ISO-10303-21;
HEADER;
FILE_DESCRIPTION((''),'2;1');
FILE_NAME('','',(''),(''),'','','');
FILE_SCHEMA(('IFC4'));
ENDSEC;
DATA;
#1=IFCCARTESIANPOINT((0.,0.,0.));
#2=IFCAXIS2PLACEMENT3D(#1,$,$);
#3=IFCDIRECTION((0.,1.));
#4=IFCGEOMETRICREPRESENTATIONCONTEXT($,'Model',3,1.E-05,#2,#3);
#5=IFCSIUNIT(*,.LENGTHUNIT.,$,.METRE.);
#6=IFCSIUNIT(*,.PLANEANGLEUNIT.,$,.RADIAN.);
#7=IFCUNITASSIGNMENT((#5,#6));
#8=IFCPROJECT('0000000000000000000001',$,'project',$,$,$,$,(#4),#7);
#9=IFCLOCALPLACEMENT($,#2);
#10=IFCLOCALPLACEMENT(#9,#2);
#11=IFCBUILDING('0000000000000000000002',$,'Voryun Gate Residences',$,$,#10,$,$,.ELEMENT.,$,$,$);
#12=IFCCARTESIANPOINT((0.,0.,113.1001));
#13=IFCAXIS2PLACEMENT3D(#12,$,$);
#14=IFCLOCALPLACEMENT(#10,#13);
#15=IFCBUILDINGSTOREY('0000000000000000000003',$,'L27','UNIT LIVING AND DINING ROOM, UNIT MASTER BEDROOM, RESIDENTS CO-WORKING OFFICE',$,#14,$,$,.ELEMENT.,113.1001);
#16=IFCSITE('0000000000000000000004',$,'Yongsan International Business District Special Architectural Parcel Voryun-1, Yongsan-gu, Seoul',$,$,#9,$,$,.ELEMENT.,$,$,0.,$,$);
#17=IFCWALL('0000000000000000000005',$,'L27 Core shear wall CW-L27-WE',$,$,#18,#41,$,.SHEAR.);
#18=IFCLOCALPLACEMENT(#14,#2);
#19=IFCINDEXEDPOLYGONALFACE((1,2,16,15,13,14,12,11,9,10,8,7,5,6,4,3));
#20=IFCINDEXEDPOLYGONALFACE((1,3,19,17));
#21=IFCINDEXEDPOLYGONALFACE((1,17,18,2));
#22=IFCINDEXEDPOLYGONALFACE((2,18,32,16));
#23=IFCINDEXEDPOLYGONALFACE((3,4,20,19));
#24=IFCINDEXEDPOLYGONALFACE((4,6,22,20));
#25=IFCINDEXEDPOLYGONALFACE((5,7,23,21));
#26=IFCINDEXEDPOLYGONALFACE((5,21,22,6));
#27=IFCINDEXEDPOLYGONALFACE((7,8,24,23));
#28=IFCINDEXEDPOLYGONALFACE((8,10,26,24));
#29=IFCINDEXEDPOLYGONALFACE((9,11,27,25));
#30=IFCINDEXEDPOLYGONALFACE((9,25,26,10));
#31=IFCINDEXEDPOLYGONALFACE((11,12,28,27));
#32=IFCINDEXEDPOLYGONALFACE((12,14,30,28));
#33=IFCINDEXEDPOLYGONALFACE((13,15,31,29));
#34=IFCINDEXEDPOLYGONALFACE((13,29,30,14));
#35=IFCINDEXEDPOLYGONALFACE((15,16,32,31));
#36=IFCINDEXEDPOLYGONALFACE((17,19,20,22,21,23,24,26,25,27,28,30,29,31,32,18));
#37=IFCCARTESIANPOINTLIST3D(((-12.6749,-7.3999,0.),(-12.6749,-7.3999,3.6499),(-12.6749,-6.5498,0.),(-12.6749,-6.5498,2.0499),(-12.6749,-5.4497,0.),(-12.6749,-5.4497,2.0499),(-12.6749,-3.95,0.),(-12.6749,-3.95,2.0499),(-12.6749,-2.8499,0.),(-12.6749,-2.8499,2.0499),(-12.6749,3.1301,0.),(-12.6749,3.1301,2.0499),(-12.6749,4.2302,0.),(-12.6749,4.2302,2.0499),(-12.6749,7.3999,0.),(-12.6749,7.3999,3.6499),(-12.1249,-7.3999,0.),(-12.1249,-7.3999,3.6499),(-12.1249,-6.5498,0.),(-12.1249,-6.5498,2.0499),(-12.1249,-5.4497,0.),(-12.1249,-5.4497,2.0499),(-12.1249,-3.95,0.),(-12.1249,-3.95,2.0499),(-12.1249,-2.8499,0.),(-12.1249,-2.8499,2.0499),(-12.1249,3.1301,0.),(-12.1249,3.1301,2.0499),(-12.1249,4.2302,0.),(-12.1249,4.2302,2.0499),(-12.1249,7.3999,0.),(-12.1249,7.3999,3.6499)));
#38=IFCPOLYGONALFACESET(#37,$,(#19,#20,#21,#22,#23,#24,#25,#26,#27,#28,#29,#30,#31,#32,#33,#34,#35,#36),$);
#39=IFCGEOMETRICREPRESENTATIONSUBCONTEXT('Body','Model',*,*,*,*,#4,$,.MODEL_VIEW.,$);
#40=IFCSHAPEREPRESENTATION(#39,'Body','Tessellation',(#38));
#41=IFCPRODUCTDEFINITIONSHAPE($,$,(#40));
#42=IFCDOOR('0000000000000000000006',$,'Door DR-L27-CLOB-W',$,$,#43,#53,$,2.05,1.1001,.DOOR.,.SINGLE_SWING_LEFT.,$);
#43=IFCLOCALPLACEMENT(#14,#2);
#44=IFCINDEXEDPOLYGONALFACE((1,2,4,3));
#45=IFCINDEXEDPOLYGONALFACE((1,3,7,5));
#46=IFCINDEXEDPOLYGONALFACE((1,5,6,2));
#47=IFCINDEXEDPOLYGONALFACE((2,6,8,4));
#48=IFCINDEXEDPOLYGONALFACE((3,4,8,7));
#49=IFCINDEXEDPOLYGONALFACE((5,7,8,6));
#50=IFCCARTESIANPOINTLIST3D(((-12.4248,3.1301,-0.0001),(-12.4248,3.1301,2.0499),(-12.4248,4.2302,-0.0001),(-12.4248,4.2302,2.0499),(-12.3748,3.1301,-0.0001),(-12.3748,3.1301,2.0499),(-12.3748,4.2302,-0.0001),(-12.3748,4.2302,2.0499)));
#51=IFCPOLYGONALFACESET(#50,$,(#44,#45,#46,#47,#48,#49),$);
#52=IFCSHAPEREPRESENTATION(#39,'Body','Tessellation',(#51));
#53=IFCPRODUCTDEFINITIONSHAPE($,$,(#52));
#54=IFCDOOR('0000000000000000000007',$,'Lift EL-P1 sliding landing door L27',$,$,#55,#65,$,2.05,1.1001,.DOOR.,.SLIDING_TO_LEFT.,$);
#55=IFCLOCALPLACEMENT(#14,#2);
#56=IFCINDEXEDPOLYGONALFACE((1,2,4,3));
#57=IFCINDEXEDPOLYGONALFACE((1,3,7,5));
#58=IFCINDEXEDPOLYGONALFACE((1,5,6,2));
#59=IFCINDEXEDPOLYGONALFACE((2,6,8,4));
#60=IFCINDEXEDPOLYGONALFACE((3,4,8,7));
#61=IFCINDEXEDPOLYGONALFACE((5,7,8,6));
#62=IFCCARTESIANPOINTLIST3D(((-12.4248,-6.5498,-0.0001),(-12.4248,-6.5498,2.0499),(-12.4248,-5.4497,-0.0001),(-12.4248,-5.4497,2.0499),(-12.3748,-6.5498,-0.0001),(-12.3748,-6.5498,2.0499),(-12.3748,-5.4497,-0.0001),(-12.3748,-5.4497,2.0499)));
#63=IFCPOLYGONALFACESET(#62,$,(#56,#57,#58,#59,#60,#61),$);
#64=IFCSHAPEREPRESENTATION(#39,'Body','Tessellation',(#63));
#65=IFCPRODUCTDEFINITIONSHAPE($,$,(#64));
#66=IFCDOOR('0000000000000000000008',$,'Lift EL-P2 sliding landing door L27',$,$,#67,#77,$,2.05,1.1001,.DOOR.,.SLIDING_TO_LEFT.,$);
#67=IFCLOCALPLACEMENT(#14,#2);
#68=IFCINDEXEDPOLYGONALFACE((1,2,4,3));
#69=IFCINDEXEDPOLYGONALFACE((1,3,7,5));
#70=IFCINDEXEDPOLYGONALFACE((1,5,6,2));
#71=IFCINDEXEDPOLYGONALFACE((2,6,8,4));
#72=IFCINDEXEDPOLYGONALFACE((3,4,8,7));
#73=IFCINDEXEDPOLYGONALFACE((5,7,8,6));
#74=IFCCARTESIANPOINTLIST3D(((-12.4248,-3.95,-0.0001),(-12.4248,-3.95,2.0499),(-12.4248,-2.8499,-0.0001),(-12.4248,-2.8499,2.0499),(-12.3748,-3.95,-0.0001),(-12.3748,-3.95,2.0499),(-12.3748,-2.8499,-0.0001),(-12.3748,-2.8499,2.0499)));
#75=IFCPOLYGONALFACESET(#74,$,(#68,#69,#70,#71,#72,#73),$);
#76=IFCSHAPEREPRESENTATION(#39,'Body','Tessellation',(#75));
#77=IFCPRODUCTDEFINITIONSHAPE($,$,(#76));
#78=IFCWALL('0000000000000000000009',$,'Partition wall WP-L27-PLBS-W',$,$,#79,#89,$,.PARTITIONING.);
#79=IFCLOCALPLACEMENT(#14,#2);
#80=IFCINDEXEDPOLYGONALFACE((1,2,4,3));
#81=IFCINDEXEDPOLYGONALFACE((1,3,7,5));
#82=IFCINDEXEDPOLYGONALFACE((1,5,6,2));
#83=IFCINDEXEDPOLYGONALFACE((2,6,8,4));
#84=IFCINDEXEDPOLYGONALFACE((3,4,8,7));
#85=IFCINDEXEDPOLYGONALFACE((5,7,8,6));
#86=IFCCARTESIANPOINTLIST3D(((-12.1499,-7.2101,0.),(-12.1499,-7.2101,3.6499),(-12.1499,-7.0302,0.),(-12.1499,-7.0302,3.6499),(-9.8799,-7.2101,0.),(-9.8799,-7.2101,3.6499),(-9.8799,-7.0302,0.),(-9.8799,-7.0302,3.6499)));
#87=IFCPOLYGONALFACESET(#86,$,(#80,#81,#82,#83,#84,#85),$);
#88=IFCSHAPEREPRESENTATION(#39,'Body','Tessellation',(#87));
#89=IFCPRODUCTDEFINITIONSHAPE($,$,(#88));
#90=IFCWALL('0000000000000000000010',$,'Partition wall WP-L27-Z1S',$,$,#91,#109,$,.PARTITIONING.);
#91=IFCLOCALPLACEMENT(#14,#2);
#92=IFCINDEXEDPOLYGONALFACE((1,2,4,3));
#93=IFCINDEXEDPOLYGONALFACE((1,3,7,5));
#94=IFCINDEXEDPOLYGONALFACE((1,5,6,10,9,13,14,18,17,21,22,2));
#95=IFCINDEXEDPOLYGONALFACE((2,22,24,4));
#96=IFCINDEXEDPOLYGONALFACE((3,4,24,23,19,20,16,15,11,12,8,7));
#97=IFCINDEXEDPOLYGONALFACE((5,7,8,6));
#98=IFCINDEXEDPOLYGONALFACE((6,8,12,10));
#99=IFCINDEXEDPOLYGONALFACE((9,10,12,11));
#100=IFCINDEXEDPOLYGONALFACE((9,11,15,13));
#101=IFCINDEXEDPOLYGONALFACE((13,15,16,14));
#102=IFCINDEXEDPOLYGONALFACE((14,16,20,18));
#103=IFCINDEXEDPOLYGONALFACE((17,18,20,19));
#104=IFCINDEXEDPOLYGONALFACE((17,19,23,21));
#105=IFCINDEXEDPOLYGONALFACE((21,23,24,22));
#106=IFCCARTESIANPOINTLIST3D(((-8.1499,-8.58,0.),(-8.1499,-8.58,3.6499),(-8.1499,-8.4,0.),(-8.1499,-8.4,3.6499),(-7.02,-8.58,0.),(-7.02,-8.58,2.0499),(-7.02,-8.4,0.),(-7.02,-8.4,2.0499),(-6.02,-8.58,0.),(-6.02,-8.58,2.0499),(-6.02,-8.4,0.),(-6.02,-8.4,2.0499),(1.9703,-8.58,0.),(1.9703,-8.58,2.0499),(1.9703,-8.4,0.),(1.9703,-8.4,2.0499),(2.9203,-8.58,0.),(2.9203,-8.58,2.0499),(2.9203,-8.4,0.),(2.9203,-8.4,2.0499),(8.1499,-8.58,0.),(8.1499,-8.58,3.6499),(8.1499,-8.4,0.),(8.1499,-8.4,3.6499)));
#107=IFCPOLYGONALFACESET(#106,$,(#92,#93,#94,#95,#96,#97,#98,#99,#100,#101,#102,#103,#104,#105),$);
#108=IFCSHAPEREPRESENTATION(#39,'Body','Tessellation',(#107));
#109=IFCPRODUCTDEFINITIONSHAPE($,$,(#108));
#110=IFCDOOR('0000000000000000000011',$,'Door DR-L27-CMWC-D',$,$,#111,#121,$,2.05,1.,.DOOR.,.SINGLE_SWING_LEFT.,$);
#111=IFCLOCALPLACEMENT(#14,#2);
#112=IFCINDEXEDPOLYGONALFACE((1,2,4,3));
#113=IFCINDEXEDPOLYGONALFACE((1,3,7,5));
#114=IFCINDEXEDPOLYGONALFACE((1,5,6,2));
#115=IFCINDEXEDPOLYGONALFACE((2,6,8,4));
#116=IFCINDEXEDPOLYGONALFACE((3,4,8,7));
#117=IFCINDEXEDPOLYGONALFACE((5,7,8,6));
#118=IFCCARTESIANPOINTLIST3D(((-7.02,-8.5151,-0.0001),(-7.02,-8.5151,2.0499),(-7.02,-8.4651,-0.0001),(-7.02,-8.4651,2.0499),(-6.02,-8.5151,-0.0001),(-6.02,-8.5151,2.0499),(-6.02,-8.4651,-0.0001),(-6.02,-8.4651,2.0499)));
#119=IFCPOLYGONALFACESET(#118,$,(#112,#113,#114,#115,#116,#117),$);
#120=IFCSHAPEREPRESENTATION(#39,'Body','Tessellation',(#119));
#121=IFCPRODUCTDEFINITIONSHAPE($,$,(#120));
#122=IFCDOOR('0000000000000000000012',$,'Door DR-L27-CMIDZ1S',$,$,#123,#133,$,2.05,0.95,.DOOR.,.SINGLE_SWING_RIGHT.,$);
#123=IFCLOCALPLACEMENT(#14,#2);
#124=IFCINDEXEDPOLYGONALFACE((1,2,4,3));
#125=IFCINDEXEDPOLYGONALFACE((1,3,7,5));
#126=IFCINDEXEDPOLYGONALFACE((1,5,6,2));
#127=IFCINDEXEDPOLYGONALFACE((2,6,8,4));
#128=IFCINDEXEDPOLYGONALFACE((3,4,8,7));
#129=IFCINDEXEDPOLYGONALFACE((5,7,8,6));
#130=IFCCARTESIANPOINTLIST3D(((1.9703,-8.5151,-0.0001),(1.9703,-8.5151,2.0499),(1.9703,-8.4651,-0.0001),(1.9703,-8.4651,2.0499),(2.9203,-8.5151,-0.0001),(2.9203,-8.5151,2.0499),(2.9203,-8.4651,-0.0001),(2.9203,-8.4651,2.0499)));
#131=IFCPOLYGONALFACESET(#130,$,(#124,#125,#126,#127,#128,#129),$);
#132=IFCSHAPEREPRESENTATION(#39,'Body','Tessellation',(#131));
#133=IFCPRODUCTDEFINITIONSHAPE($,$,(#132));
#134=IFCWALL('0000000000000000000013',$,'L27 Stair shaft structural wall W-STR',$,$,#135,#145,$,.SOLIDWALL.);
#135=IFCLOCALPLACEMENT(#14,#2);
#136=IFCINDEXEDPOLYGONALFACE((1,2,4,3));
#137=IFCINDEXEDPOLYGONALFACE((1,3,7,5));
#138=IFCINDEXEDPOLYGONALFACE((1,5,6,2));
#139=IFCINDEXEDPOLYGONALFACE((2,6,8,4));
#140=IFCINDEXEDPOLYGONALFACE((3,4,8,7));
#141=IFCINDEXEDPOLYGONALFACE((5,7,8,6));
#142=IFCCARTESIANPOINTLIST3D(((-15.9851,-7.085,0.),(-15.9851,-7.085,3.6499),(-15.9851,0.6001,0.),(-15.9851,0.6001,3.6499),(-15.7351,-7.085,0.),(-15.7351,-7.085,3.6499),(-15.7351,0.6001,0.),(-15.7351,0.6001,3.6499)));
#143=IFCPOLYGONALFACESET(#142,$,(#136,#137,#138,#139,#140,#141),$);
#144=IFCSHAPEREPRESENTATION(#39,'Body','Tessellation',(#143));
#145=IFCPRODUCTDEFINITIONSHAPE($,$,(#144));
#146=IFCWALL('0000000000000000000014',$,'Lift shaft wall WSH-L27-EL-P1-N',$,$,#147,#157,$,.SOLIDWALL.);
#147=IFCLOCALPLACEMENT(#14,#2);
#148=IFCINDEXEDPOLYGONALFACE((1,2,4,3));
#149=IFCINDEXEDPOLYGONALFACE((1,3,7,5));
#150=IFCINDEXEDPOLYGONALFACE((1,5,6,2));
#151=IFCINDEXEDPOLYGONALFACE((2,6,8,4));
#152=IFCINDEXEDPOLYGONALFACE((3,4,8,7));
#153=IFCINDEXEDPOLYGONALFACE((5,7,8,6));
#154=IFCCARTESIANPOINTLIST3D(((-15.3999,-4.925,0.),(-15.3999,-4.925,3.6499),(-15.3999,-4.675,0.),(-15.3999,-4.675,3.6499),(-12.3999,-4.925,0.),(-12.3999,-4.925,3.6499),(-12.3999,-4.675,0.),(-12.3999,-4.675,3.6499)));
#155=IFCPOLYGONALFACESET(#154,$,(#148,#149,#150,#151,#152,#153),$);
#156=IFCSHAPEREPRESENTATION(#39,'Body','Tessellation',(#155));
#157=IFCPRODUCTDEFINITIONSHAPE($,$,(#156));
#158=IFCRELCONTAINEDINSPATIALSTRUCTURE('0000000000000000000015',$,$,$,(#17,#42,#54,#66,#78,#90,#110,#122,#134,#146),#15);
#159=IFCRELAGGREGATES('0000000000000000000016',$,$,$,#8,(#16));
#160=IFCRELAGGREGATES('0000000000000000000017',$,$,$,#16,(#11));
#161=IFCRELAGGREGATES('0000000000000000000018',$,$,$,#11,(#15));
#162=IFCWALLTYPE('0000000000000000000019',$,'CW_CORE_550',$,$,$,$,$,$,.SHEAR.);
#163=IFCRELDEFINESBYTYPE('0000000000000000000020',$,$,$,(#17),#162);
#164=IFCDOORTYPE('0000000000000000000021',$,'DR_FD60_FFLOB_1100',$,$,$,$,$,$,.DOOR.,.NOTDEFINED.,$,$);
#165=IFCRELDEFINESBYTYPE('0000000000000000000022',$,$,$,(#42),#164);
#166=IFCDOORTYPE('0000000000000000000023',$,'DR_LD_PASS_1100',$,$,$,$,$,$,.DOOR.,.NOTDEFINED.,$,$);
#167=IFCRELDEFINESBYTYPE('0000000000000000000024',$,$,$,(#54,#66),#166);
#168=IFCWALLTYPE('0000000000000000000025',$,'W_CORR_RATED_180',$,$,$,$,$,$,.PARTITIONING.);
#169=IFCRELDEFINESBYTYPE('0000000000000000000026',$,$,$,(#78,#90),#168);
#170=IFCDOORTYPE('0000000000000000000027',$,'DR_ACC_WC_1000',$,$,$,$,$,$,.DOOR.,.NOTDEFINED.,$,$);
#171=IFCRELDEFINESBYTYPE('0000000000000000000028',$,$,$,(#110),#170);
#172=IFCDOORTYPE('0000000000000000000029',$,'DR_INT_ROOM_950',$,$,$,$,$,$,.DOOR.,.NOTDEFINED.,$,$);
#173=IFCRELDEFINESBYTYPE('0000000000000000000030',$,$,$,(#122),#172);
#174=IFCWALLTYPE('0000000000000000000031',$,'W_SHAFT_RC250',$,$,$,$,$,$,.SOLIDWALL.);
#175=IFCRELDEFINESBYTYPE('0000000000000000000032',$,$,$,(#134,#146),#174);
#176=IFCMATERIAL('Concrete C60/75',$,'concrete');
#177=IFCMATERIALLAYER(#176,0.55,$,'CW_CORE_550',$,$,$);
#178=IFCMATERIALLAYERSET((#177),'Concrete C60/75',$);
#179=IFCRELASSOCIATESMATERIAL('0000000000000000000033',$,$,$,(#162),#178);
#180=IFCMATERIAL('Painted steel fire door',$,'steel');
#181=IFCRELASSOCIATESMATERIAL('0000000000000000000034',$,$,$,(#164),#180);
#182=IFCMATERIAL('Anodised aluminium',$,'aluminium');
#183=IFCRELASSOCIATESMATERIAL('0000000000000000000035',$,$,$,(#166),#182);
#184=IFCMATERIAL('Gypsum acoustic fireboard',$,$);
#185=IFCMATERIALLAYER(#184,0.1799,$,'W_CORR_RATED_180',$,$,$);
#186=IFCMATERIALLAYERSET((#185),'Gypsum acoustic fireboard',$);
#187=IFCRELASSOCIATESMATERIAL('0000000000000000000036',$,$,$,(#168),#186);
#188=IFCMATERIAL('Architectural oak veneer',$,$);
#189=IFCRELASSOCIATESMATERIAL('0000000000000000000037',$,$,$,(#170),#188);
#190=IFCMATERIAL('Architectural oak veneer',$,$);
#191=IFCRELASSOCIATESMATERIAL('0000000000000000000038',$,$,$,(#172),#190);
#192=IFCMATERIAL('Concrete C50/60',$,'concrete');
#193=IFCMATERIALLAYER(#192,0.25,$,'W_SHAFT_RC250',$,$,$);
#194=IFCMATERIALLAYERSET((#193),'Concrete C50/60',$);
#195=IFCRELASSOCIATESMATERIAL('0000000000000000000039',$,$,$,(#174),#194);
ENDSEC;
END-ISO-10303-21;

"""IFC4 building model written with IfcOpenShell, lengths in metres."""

from ifc_helpers import new_model, si_unit, direction, frame, frame_2d, origin, place, context, subcontext, project, spatial, rectangle, extrude, material, layer, layer_set, type_object, element, fill, save


model = new_model("IFC4")

# Units and contexts
model_context = context("Model", 3, precision=1e-05, world=origin(), true_north=direction((0.0, 1.0)))
body_context = subcontext(model_context, "Body", "Model", "MODEL_VIEW")
ifc_project = project(units=[si_unit("LENGTHUNIT", "METRE"), si_unit("PLANEANGLEUNIT", "RADIAN")], contexts=[model_context])

# Site, building, storey
site_placement = place(None, origin())
site = spatial("IfcSite", under=ifc_project, at=site_placement, Name="Yongsan International Business District Special Architectural Parcel Voryun-1, Yongsan-gu, Seoul", CompositionType="ELEMENT", RefElevation=0.0)
building_placement = place(site_placement, origin())
building = spatial("IfcBuilding", under=site, at=building_placement, Name="Voryun Gate Residences", CompositionType="ELEMENT")
storey_placement = place(building_placement, frame((0.0, 0.0, 113.1001)))
storey = spatial("IfcBuildingStorey", under=building, at=storey_placement, Name="L27", Description="UNIT LIVING AND DINING ROOM, UNIT MASTER BEDROOM, RESIDENTS CO-WORKING OFFICE", CompositionType="ELEMENT", Elevation=113.1001)

# Wall, openings, doors
ifc_material_1 = material(Name="Concrete C60/75", Category="concrete")
ifc_layer_1 = layer(ifc_material_1, 0.55, Name="CW_CORE_550")
ifc_layer_set_1 = layer_set([ifc_layer_1], Name="Concrete C60/75")
wall_type_1 = type_object("IfcWallType", Name="CW_CORE_550", PredefinedType="SHEAR", material=ifc_layer_set_1)
wall_1_placement = place(storey_placement, frame((-12.3999, -7.3999, 0.0), z_axis=(0.0, 0.0, 1.0), x_axis=(0.0, 1.0, 0.0)))
wall_1 = element("IfcWall", 1, at=wall_1_placement, inside=storey, type_object=wall_type_1, Name="L27 Core shear wall CW-L27-WE", PredefinedType="SHEAR", context=body_context, shape_type="SweptSolid", body=[
    extrude(rectangle(XDim=14.7998, YDim=0.55, at=frame_2d((7.3999, 0.0))), origin(), (0.0, 0.0, 1.0), 3.6499),
])
opening_1_placement = place(wall_1_placement, frame((0.8501, 0.0, 0.0)))
opening_1 = element("IfcOpeningElement", 2, at=opening_1_placement, cuts=wall_1, PredefinedType="OPENING", context=body_context, shape_type="SweptSolid", body=[
    extrude(rectangle(XDim=1.1001, YDim=2.05, at=frame_2d((0.55, 1.0249))), frame((0.0, 0.2849, 0.0), z_axis=(0.0, -1.0, 0.0), x_axis=(1.0, 0.0, 0.0)), (0.0, 0.0, 1.0), 0.5701),
])
opening_2_placement = place(wall_1_placement, frame((3.45, 0.0, 0.0)))
opening_2 = element("IfcOpeningElement", 3, at=opening_2_placement, cuts=wall_1, PredefinedType="OPENING", context=body_context, shape_type="SweptSolid", body=[
    extrude(rectangle(XDim=1.1001, YDim=2.05, at=frame_2d((0.55, 1.0249))), frame((0.0, 0.2849, 0.0), z_axis=(0.0, -1.0, 0.0), x_axis=(1.0, 0.0, 0.0)), (0.0, 0.0, 1.0), 0.5701),
])
opening_3_placement = place(wall_1_placement, frame((10.53, 0.0, 0.0)))
opening_3 = element("IfcOpeningElement", 4, at=opening_3_placement, cuts=wall_1, PredefinedType="OPENING", context=body_context, shape_type="SweptSolid", body=[
    extrude(rectangle(XDim=1.1001, YDim=2.05, at=frame_2d((0.55, 1.0249))), frame((0.0, 0.2849, 0.0), z_axis=(0.0, -1.0, 0.0), x_axis=(1.0, 0.0, 0.0)), (0.0, 0.0, 1.0), 0.5701),
])
ifc_material_2 = material(Name="Painted steel fire door", Category="steel")
door_type_1 = type_object("IfcDoorType", Name="DR_FD60_FFLOB_1100", OperationType="NOTDEFINED", PredefinedType="DOOR", material=ifc_material_2)
door_1_placement = place(opening_3_placement, origin())
door_1 = element("IfcDoor", 5, at=door_1_placement, inside=storey, type_object=door_type_1, Name="Door DR-L27-CLOB-W", OperationType="SINGLE_SWING_LEFT", OverallHeight=2.05, OverallWidth=1.1001, PredefinedType="DOOR", context=body_context, shape_type="SweptSolid", body=[
    extrude(rectangle(XDim=1.1001, YDim=2.05, at=frame_2d((0.55, 1.0249))), frame((0.0, 0.0249, 0.0), z_axis=(0.0, -1.0, 0.0), x_axis=(1.0, 0.0, 0.0)), (0.0, 0.0, 1.0), 0.05),
])
fill(opening_3, door_1)
ifc_material_3 = material(Name="Anodised aluminium", Category="aluminium")
door_type_2 = type_object("IfcDoorType", Name="DR_LD_PASS_1100", OperationType="NOTDEFINED", PredefinedType="DOOR", material=ifc_material_3)
door_2_placement = place(opening_1_placement, origin())
door_2 = element("IfcDoor", 6, at=door_2_placement, inside=storey, type_object=door_type_2, Name="Lift EL-P1 sliding landing door L27", OperationType="SLIDING_TO_LEFT", OverallHeight=2.05, OverallWidth=1.1001, PredefinedType="DOOR", context=body_context, shape_type="SweptSolid", body=[
    extrude(rectangle(XDim=1.1001, YDim=2.05, at=frame_2d((0.55, 1.0249))), frame((0.0, 0.0249, 0.0), z_axis=(0.0, -1.0, 0.0), x_axis=(1.0, 0.0, 0.0)), (0.0, 0.0, 1.0), 0.05),
])
fill(opening_1, door_2)
door_3_placement = place(opening_2_placement, origin())
door_3 = element("IfcDoor", 7, at=door_3_placement, inside=storey, type_object=door_type_2, Name="Lift EL-P2 sliding landing door L27", OperationType="SLIDING_TO_LEFT", OverallHeight=2.05, OverallWidth=1.1001, PredefinedType="DOOR", context=body_context, shape_type="SweptSolid", body=[
    extrude(rectangle(XDim=1.1001, YDim=2.05, at=frame_2d((0.55, 1.0249))), frame((0.0, 0.0249, 0.0), z_axis=(0.0, -1.0, 0.0), x_axis=(1.0, 0.0, 0.0)), (0.0, 0.0, 1.0), 0.05),
])
fill(opening_2, door_3)

# Wall
ifc_material_4 = material(Name="Gypsum acoustic fireboard")
ifc_layer_2 = layer(ifc_material_4, 0.1799, Name="W_CORR_RATED_180")
ifc_layer_set_2 = layer_set([ifc_layer_2], Name="Gypsum acoustic fireboard")
wall_type_2 = type_object("IfcWallType", Name="W_CORR_RATED_180", PredefinedType="PARTITIONING", material=ifc_layer_set_2)
wall_2_placement = place(storey_placement, frame((-12.1499, -7.1201, 0.0), z_axis=(0.0, 0.0, 1.0), x_axis=(1.0, 0.0, 0.0)))
element("IfcWall", 8, at=wall_2_placement, inside=storey, type_object=wall_type_2, Name="Partition wall WP-L27-PLBS-W", PredefinedType="PARTITIONING", context=body_context, shape_type="SweptSolid", body=[
    extrude(rectangle(XDim=2.27, YDim=0.1799, at=frame_2d((1.135, 0.0))), origin(), (0.0, 0.0, 1.0), 3.6499),
])

# Wall, openings, doors
wall_3_placement = place(storey_placement, frame((-8.1499, -8.49, 0.0), z_axis=(0.0, 0.0, 1.0), x_axis=(1.0, 0.0, 0.0)))
wall_3 = element("IfcWall", 9, at=wall_3_placement, inside=storey, type_object=wall_type_2, Name="Partition wall WP-L27-Z1S", PredefinedType="PARTITIONING", context=body_context, shape_type="SweptSolid", body=[
    extrude(rectangle(XDim=16.2998, YDim=0.1799, at=frame_2d((8.1499, 0.0))), origin(), (0.0, 0.0, 1.0), 3.6499),
])
opening_4_placement = place(wall_3_placement, frame((1.1299, 0.0, 0.0)))
opening_4 = element("IfcOpeningElement", 10, at=opening_4_placement, cuts=wall_3, PredefinedType="OPENING", context=body_context, shape_type="SweptSolid", body=[
    extrude(rectangle(XDim=1.0, YDim=2.05, at=frame_2d((0.5, 1.0249))), frame((0.0, 0.0999, 0.0), z_axis=(0.0, -1.0, 0.0), x_axis=(1.0, 0.0, 0.0)), (0.0, 0.0, 1.0), 0.2),
])
opening_5_placement = place(wall_3_placement, frame((10.1201, 0.0, 0.0)))
opening_5 = element("IfcOpeningElement", 11, at=opening_5_placement, cuts=wall_3, PredefinedType="OPENING", context=body_context, shape_type="SweptSolid", body=[
    extrude(rectangle(XDim=0.95, YDim=2.05, at=frame_2d((0.4751, 1.0249))), frame((0.0, 0.0999, 0.0), z_axis=(0.0, -1.0, 0.0), x_axis=(1.0, 0.0, 0.0)), (0.0, 0.0, 1.0), 0.2),
])
ifc_material_5 = material(Name="Architectural oak veneer")
door_type_3 = type_object("IfcDoorType", Name="DR_ACC_WC_1000", OperationType="NOTDEFINED", PredefinedType="DOOR", material=ifc_material_5)
door_4_placement = place(opening_4_placement, origin())
door_4 = element("IfcDoor", 12, at=door_4_placement, inside=storey, type_object=door_type_3, Name="Door DR-L27-CMWC-D", OperationType="SINGLE_SWING_LEFT", OverallHeight=2.05, OverallWidth=1.0, PredefinedType="DOOR", context=body_context, shape_type="SweptSolid", body=[
    extrude(rectangle(XDim=1.0, YDim=2.05, at=frame_2d((0.5, 1.0249))), frame((0.0, 0.0249, 0.0), z_axis=(0.0, -1.0, 0.0), x_axis=(1.0, 0.0, 0.0)), (0.0, 0.0, 1.0), 0.05),
])
fill(opening_4, door_4)
ifc_material_6 = material(Name="Architectural oak veneer")
door_type_4 = type_object("IfcDoorType", Name="DR_INT_ROOM_950", OperationType="NOTDEFINED", PredefinedType="DOOR", material=ifc_material_6)
door_5_placement = place(opening_5_placement, origin())
door_5 = element("IfcDoor", 13, at=door_5_placement, inside=storey, type_object=door_type_4, Name="Door DR-L27-CMIDZ1S", OperationType="SINGLE_SWING_RIGHT", OverallHeight=2.05, OverallWidth=0.95, PredefinedType="DOOR", context=body_context, shape_type="SweptSolid", body=[
    extrude(rectangle(XDim=0.95, YDim=2.05, at=frame_2d((0.4751, 1.0249))), frame((0.0, 0.0249, 0.0), z_axis=(0.0, -1.0, 0.0), x_axis=(1.0, 0.0, 0.0)), (0.0, 0.0, 1.0), 0.05),
])
fill(opening_5, door_5)

# Walls
ifc_material_7 = material(Name="Concrete C50/60", Category="concrete")
ifc_layer_3 = layer(ifc_material_7, 0.25, Name="W_SHAFT_RC250")
ifc_layer_set_3 = layer_set([ifc_layer_3], Name="Concrete C50/60")
wall_type_3 = type_object("IfcWallType", Name="W_SHAFT_RC250", PredefinedType="SOLIDWALL", material=ifc_layer_set_3)
wall_4_placement = place(storey_placement, frame((-15.8601, -7.085, 0.0), z_axis=(0.0, 0.0, 1.0), x_axis=(0.0, 1.0, 0.0)))
element("IfcWall", 14, at=wall_4_placement, inside=storey, type_object=wall_type_3, Name="L27 Stair shaft structural wall W-STR", PredefinedType="SOLIDWALL", context=body_context, shape_type="SweptSolid", body=[
    extrude(rectangle(XDim=7.6851, YDim=0.25, at=frame_2d((3.8425, 0.0))), origin(), (0.0, 0.0, 1.0), 3.6499),
])
wall_5_placement = place(storey_placement, frame((-12.3999, -4.8, 0.0), z_axis=(0.0, 0.0, 1.0), x_axis=(-1.0, 0.0, 0.0)))
element("IfcWall", 15, at=wall_5_placement, inside=storey, type_object=wall_type_3, Name="Lift shaft wall WSH-L27-EL-P1-N", PredefinedType="SOLIDWALL", context=body_context, shape_type="SweptSolid", body=[
    extrude(rectangle(XDim=3.0, YDim=0.25, at=frame_2d((1.5, 0.0))), origin(), (0.0, 0.0, 1.0), 3.6499),
])

save(model, "model.ifc")
